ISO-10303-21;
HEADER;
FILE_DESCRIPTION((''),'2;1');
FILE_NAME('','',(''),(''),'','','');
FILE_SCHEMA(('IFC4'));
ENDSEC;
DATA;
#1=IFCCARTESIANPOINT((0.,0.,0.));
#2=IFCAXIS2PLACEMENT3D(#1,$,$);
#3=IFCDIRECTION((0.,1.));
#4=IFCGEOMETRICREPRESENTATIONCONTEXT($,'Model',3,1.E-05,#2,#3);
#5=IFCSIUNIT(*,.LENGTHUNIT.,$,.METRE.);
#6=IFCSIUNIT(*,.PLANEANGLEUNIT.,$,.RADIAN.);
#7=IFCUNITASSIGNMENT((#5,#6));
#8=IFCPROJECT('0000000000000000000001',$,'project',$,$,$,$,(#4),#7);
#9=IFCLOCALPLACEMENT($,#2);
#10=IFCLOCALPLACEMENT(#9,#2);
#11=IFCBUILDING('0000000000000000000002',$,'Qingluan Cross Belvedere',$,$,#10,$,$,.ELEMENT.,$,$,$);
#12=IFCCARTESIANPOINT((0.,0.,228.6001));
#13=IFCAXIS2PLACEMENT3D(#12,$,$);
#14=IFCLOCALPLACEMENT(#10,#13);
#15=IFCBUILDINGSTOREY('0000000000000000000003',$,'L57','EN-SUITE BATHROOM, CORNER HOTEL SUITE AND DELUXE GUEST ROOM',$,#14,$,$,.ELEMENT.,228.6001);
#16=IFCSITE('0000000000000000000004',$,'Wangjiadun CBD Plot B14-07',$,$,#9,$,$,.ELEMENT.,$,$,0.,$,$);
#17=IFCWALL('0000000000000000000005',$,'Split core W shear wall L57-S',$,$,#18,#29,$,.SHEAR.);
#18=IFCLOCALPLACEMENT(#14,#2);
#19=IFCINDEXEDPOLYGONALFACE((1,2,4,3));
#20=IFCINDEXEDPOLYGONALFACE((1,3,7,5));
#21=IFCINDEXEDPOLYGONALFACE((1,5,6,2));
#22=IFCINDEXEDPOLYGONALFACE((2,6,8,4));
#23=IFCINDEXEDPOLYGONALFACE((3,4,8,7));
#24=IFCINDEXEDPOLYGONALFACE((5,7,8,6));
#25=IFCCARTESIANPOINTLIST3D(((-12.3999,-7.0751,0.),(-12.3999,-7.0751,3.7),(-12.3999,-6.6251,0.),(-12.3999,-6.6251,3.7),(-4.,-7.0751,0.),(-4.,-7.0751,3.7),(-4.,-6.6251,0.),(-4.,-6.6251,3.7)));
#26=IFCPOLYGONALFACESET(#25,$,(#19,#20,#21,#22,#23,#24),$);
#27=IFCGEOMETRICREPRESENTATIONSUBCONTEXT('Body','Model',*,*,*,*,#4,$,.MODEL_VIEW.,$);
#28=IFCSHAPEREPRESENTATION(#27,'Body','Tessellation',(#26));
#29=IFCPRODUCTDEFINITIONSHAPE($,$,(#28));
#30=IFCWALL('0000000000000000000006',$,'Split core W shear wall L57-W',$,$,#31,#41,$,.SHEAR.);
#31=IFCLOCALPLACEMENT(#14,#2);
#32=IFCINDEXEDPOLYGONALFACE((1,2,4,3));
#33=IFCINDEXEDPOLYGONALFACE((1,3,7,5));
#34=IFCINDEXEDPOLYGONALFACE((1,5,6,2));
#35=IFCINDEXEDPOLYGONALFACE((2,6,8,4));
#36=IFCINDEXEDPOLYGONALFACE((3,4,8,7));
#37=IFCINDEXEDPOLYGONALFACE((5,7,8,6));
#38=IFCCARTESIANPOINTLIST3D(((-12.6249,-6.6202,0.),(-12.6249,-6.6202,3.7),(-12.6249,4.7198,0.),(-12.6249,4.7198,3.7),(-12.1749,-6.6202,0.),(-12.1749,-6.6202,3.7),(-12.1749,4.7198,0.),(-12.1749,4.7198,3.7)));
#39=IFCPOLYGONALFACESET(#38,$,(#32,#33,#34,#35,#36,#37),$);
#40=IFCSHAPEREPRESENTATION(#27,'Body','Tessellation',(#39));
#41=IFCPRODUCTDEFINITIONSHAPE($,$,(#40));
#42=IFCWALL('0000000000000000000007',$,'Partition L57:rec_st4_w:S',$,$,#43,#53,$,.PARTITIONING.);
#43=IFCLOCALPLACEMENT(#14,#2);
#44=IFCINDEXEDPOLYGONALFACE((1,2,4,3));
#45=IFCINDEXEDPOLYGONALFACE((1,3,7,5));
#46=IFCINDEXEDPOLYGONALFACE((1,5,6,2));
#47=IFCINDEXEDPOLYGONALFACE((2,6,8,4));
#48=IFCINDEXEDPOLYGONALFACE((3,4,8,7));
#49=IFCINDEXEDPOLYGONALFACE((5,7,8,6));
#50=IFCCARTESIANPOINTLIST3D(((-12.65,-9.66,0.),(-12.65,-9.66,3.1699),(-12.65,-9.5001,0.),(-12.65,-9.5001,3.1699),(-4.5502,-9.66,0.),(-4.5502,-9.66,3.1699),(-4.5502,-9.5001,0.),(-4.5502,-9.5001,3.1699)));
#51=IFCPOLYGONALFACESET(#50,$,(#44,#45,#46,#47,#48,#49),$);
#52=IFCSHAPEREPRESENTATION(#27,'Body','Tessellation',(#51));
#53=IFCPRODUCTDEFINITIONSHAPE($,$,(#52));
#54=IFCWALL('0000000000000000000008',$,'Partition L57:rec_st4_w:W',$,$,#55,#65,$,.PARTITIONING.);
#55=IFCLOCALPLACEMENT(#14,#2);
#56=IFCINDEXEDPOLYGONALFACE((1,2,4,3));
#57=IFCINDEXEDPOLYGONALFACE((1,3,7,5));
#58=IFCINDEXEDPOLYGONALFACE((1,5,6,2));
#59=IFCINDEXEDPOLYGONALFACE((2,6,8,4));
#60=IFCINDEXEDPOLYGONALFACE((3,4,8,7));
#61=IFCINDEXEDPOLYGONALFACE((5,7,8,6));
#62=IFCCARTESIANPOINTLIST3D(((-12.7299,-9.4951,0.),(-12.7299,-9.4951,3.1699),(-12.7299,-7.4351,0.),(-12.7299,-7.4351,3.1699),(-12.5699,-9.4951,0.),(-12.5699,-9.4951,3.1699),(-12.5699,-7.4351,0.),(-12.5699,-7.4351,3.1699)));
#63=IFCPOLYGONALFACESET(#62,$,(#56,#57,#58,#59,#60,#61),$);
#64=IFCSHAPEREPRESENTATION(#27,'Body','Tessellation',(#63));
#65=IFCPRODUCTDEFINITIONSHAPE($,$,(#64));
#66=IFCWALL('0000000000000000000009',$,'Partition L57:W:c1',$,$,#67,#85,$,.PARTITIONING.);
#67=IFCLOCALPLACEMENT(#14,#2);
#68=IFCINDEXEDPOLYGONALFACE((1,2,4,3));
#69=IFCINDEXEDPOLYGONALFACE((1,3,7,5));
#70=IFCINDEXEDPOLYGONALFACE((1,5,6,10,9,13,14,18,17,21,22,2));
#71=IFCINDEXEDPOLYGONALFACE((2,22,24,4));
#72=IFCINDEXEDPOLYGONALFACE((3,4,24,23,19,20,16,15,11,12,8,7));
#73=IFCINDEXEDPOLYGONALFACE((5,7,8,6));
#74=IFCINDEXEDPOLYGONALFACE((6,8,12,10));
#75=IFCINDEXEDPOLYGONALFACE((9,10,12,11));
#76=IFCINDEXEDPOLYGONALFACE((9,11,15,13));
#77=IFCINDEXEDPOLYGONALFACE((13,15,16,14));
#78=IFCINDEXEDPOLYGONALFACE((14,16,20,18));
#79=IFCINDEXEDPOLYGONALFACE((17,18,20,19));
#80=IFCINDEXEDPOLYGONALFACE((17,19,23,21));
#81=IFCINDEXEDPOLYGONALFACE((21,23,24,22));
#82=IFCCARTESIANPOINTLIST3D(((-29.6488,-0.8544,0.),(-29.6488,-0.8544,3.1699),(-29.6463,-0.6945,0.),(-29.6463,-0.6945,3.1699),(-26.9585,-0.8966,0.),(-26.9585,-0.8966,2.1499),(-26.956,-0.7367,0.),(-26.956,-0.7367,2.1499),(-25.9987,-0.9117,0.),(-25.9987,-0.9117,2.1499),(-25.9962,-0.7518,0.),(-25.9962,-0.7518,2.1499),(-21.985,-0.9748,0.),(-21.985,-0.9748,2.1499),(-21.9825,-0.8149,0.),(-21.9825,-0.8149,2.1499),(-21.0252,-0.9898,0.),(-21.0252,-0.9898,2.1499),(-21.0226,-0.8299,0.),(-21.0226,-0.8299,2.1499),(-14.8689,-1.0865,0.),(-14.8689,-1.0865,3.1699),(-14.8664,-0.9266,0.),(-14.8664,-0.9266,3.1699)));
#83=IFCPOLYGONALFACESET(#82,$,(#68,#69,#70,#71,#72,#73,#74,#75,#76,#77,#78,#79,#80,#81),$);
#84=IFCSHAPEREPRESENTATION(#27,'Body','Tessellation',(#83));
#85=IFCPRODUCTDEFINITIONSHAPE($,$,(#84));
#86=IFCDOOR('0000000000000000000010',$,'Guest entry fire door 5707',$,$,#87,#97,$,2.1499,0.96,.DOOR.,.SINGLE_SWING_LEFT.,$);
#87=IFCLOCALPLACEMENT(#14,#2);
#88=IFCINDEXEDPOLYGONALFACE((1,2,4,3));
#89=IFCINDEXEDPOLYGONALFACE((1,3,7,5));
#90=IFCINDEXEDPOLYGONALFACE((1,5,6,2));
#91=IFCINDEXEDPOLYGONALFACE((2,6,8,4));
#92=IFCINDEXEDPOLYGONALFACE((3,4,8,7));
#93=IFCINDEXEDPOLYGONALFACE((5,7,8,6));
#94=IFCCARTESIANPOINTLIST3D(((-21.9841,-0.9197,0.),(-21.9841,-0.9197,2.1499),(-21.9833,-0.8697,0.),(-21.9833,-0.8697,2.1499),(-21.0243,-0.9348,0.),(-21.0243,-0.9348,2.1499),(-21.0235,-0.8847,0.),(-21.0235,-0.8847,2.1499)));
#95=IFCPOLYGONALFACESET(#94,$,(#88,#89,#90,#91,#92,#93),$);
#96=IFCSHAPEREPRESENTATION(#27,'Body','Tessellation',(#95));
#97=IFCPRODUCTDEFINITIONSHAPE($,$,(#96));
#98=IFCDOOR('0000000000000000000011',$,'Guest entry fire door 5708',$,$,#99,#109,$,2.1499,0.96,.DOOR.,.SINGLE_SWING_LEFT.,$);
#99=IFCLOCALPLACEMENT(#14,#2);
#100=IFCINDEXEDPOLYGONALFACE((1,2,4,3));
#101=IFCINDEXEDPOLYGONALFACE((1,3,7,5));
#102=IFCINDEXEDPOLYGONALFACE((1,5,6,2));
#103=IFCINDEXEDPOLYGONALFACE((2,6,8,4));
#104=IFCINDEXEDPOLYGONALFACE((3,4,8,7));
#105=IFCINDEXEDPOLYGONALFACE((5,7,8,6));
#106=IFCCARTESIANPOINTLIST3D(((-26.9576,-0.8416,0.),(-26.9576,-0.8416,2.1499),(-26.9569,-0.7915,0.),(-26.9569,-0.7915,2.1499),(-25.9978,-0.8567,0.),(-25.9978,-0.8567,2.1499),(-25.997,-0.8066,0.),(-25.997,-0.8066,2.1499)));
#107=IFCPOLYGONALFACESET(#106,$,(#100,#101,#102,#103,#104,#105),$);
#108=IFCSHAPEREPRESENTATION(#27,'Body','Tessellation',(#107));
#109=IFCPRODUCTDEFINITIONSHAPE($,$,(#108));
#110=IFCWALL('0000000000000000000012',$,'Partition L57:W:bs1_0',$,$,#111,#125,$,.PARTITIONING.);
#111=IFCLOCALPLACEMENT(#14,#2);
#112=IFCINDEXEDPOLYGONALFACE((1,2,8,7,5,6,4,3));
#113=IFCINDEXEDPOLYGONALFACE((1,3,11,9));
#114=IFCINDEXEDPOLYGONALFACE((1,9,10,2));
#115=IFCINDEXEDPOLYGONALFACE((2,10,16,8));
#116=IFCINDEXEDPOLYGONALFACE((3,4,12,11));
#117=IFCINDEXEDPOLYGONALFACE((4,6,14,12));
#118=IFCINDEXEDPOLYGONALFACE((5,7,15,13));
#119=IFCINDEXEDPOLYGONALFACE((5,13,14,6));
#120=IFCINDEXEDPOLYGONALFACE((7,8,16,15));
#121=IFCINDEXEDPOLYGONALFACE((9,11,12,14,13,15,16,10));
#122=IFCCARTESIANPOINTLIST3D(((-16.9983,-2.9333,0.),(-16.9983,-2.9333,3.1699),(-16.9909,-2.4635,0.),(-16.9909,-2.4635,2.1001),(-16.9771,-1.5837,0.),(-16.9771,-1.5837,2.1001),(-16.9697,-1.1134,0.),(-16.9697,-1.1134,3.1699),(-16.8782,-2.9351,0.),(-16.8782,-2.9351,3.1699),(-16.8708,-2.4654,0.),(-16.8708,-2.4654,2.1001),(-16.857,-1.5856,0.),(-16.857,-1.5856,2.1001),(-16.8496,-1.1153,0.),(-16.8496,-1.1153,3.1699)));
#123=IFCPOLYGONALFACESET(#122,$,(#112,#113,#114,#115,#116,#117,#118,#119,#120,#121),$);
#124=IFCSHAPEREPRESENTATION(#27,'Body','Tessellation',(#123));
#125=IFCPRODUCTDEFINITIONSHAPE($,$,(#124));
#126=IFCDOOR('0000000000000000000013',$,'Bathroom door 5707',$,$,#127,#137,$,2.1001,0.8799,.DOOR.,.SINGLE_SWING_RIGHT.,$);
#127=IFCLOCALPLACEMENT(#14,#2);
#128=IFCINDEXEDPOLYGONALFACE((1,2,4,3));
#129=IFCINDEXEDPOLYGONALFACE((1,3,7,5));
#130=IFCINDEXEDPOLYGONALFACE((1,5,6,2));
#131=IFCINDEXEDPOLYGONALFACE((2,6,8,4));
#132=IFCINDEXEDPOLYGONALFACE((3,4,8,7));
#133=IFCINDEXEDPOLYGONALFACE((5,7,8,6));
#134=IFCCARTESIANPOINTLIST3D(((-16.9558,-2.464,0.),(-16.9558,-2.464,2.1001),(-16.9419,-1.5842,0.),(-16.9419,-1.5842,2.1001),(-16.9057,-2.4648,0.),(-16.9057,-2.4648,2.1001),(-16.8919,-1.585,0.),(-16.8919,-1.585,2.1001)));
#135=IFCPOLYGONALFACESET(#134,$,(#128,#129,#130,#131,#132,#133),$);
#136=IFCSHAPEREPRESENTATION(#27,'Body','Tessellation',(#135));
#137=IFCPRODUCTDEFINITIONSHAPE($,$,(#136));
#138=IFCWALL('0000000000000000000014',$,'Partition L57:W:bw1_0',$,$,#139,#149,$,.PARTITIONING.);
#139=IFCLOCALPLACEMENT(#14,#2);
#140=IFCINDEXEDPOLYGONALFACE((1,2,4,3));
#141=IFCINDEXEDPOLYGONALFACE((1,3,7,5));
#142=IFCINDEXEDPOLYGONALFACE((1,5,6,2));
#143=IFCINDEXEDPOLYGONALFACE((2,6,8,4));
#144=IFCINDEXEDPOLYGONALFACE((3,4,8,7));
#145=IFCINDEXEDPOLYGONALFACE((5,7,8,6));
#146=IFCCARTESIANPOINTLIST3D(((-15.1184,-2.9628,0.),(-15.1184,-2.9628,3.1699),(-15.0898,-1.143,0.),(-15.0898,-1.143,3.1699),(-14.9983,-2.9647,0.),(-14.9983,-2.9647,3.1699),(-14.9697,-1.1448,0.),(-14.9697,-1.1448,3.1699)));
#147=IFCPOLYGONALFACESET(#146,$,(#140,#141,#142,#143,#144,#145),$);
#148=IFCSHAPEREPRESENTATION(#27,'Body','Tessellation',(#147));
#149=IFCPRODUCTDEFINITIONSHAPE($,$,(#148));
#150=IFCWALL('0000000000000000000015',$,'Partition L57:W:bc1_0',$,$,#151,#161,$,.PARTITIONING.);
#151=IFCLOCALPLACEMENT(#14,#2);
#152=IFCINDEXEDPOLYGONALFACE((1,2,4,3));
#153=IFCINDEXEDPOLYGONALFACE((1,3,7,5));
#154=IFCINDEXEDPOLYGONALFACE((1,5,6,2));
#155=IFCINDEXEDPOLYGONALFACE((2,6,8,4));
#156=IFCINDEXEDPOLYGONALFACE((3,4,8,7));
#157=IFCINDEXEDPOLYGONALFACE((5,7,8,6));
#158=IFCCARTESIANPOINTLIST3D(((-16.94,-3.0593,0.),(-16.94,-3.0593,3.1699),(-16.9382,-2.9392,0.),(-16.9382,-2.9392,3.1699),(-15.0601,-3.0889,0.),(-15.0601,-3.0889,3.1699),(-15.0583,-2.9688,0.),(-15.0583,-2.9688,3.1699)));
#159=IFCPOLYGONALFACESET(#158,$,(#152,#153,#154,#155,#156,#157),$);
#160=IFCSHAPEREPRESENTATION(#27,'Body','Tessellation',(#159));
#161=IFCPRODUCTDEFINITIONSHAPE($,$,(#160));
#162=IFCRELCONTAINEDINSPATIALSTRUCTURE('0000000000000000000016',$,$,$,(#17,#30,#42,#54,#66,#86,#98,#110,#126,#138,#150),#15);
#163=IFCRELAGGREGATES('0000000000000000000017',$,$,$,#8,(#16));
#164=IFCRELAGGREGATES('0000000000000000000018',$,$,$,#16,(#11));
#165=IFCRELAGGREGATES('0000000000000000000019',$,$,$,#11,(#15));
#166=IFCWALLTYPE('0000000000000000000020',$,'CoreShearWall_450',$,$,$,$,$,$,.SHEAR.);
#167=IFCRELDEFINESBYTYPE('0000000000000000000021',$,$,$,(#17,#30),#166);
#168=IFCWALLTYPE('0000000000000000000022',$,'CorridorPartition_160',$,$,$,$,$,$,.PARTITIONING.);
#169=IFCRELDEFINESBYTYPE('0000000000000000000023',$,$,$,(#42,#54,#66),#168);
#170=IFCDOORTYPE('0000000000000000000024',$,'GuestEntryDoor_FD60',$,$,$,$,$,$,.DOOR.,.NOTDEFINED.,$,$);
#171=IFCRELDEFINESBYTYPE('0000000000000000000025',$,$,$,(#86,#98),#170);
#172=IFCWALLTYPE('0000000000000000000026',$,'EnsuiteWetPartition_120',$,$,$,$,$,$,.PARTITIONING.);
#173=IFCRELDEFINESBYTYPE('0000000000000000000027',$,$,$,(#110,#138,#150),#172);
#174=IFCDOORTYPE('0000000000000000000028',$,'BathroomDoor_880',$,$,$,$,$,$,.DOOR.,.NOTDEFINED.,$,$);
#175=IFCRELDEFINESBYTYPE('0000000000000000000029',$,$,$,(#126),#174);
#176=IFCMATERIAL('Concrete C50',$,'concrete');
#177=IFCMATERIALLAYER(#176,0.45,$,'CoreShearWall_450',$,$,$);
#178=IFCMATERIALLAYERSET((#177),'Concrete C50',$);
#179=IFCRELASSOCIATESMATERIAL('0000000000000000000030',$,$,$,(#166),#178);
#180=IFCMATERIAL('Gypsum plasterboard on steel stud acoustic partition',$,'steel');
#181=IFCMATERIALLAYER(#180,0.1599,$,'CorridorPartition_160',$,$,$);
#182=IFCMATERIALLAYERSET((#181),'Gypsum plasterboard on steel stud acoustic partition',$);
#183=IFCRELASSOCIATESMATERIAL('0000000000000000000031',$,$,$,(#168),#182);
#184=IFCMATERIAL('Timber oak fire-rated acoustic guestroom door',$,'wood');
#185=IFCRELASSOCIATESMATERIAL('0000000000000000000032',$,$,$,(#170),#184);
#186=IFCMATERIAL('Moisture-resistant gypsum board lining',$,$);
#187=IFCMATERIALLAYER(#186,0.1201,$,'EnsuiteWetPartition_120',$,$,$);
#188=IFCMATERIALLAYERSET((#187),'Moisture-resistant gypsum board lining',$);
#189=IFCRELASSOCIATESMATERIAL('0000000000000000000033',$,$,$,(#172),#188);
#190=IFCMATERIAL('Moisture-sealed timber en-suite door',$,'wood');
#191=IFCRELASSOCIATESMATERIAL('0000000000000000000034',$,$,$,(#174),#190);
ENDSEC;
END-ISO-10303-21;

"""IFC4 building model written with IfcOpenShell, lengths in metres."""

from ifc_helpers import new_model, si_unit, direction, frame, frame_2d, origin, place, context, subcontext, project, spatial, rectangle, extrude, material, layer, layer_set, type_object, element, fill, save


model = new_model("IFC4")

# Units and contexts
model_context = context("Model", 3, precision=1e-05, world=origin(), true_north=direction((0.0, 1.0)))
body_context = subcontext(model_context, "Body", "Model", "MODEL_VIEW")
ifc_project = project(units=[si_unit("LENGTHUNIT", "METRE"), si_unit("PLANEANGLEUNIT", "RADIAN")], contexts=[model_context])

# Site, building, storey
site_placement = place(None, origin())
site = spatial("IfcSite", under=ifc_project, at=site_placement, Name="Wangjiadun CBD Plot B14-07", CompositionType="ELEMENT", RefElevation=0.0)
building_placement = place(site_placement, origin())
building = spatial("IfcBuilding", under=site, at=building_placement, Name="Qingluan Cross Belvedere", CompositionType="ELEMENT")
storey_placement = place(building_placement, frame((0.0, 0.0, 228.6001)))
storey = spatial("IfcBuildingStorey", under=building, at=storey_placement, Name="L57", Description="EN-SUITE BATHROOM, CORNER HOTEL SUITE AND DELUXE GUEST ROOM", CompositionType="ELEMENT", Elevation=228.6001)

# Walls
ifc_material_1 = material(Name="Concrete C50", Category="concrete")
ifc_layer_1 = layer(ifc_material_1, 0.45, Name="CoreShearWall_450")
ifc_layer_set_1 = layer_set([ifc_layer_1], Name="Concrete C50")
wall_type_1 = type_object("IfcWallType", Name="CoreShearWall_450", PredefinedType="SHEAR", material=ifc_layer_set_1)
wall_1_placement = place(storey_placement, frame((-12.3999, -6.8501, 0.0), z_axis=(0.0, 0.0, 1.0), x_axis=(1.0, 0.0, 0.0)))
element("IfcWall", 1, at=wall_1_placement, inside=storey, type_object=wall_type_1, Name="Split core W shear wall L57-S", PredefinedType="SHEAR", context=body_context, shape_type="SweptSolid", body=[
    extrude(rectangle(XDim=8.3999, YDim=0.45, at=frame_2d((4.2, 0.0))), origin(), (0.0, 0.0, 1.0), 3.7),
])
wall_2_placement = place(storey_placement, frame((-12.3999, -6.6201, 0.0), z_axis=(0.0, 0.0, 1.0), x_axis=(0.0, 1.0, 0.0)))
element("IfcWall", 2, at=wall_2_placement, inside=storey, type_object=wall_type_1, Name="Split core W shear wall L57-W", PredefinedType="SHEAR", context=body_context, shape_type="SweptSolid", body=[
    extrude(rectangle(XDim=11.3401, YDim=0.45, at=frame_2d((5.6699, 0.0))), origin(), (0.0, 0.0, 1.0), 3.7),
])
ifc_material_2 = material(Name="Gypsum plasterboard on steel stud acoustic partition", Category="steel")
ifc_layer_2 = layer(ifc_material_2, 0.1599, Name="CorridorPartition_160")
ifc_layer_set_2 = layer_set([ifc_layer_2], Name="Gypsum plasterboard on steel stud acoustic partition")
wall_type_2 = type_object("IfcWallType", Name="CorridorPartition_160", PredefinedType="PARTITIONING", material=ifc_layer_set_2)
wall_3_placement = place(storey_placement, frame((-12.6499, -9.5801, 0.0), z_axis=(0.0, 0.0, 1.0), x_axis=(1.0, 0.0, 0.0)))
element("IfcWall", 3, at=wall_3_placement, inside=storey, type_object=wall_type_2, Name="Partition L57:rec_st4_w:S", PredefinedType="PARTITIONING", context=body_context, shape_type="SweptSolid", body=[
    extrude(rectangle(XDim=8.0999, YDim=0.1599, at=frame_2d((4.0498, 0.0))), origin(), (0.0, 0.0, 1.0), 3.1699),
])
wall_4_placement = place(storey_placement, frame((-12.6499, -9.4951, 0.0), z_axis=(0.0, 0.0, 1.0), x_axis=(0.0, 1.0, 0.0)))
element("IfcWall", 4, at=wall_4_placement, inside=storey, type_object=wall_type_2, Name="Partition L57:rec_st4_w:W", PredefinedType="PARTITIONING", context=body_context, shape_type="SweptSolid", body=[
    extrude(rectangle(XDim=2.0601, YDim=0.1599, at=frame_2d((1.03, 0.0))), origin(), (0.0, 0.0, 1.0), 3.1699),
])

# Wall, openings, doors
wall_5_placement = place(storey_placement, frame((-14.8677, -1.0066, 0.0), z_axis=(0.0, 0.0, 1.0), x_axis=(-0.999877, 0.015707, 0.0)))
wall_5 = element("IfcWall", 5, at=wall_5_placement, inside=storey, type_object=wall_type_2, Name="Partition L57:W:c1", PredefinedType="PARTITIONING", context=body_context, shape_type="SweptSolid", body=[
    extrude(rectangle(XDim=14.7817, YDim=0.1599, at=frame_2d((7.3909, 0.0))), origin(), (0.0, 0.0, 1.0), 3.1699),
])
opening_1_placement = place(wall_5_placement, frame((6.157, 0.0, 0.0)))
opening_1 = element("IfcOpeningElement", 6, at=opening_1_placement, cuts=wall_5, PredefinedType="OPENING", context=body_context, shape_type="SweptSolid", body=[
    extrude(rectangle(XDim=0.96, YDim=2.1499, at=frame_2d((0.48, 1.075))), frame((0.0, 0.0898, 0.0), z_axis=(0.0, -1.0, 0.0), x_axis=(1.0, 0.0, 0.0)), (0.0, 0.0, 1.0), 0.1799),
])
opening_2_placement = place(wall_5_placement, frame((11.1311, 0.0, 0.0)))
opening_2 = element("IfcOpeningElement", 7, at=opening_2_placement, cuts=wall_5, PredefinedType="OPENING", context=body_context, shape_type="SweptSolid", body=[
    extrude(rectangle(XDim=0.96, YDim=2.1499, at=frame_2d((0.48, 1.075))), frame((0.0, 0.0898, 0.0), z_axis=(0.0, -1.0, 0.0), x_axis=(1.0, 0.0, 0.0)), (0.0, 0.0, 1.0), 0.1799),
])
ifc_material_3 = material(Name="Timber oak fire-rated acoustic guestroom door", Category="wood")
door_type_1 = type_object("IfcDoorType", Name="GuestEntryDoor_FD60", OperationType="NOTDEFINED", PredefinedType="DOOR", material=ifc_material_3)
door_1_placement = place(opening_1_placement, origin())
door_1 = element("IfcDoor", 8, at=door_1_placement, inside=storey, type_object=door_type_1, Name="Guest entry fire door 5707", OperationType="SINGLE_SWING_LEFT", OverallHeight=2.1499, OverallWidth=0.96, PredefinedType="DOOR", context=body_context, shape_type="SweptSolid", body=[
    extrude(rectangle(XDim=0.96, YDim=2.1499, at=frame_2d((0.48, 1.075))), frame((0.0, 0.0249, 0.0), z_axis=(0.0, -1.0, 0.0), x_axis=(1.0, 0.0, 0.0)), (0.0, 0.0, 1.0), 0.05),
])
fill(opening_1, door_1)
door_2_placement = place(opening_2_placement, origin())
door_2 = element("IfcDoor", 9, at=door_2_placement, inside=storey, type_object=door_type_1, Name="Guest entry fire door 5708", OperationType="SINGLE_SWING_LEFT", OverallHeight=2.1499, OverallWidth=0.96, PredefinedType="DOOR", context=body_context, shape_type="SweptSolid", body=[
    extrude(rectangle(XDim=0.96, YDim=2.1499, at=frame_2d((0.48, 1.075))), frame((0.0, 0.0249, 0.0), z_axis=(0.0, -1.0, 0.0), x_axis=(1.0, 0.0, 0.0)), (0.0, 0.0, 1.0), 0.05),
])
fill(opening_2, door_2)

# Wall, opening, door
ifc_material_4 = material(Name="Moisture-resistant gypsum board lining")
ifc_layer_3 = layer(ifc_material_4, 0.1201, Name="EnsuiteWetPartition_120")
ifc_layer_set_3 = layer_set([ifc_layer_3], Name="Moisture-resistant gypsum board lining")
wall_type_3 = type_object("IfcWallType", Name="EnsuiteWetPartition_120", PredefinedType="PARTITIONING", material=ifc_layer_set_3)
wall_6_placement = place(storey_placement, frame((-16.9382, -2.9343, 0.0), z_axis=(0.0, 0.0, 1.0), x_axis=(0.015694, 0.999877, 0.0)))
wall_6 = element("IfcWall", 10, at=wall_6_placement, inside=storey, type_object=wall_type_3, Name="Partition L57:W:bs1_0", PredefinedType="PARTITIONING", context=body_context, shape_type="SweptSolid", body=[
    extrude(rectangle(XDim=1.8201, YDim=0.1201, at=frame_2d((0.9102, 0.0))), origin(), (0.0, 0.0, 1.0), 3.1699),
])
opening_3_placement = place(wall_6_placement, frame((0.47, 0.0, 0.0)))
opening_3 = element("IfcOpeningElement", 11, at=opening_3_placement, cuts=wall_6, PredefinedType="OPENING", context=body_context, shape_type="SweptSolid", body=[
    extrude(rectangle(XDim=0.8799, YDim=2.1001, at=frame_2d((0.4399, 1.05))), frame((0.0, 0.0701, 0.0), z_axis=(0.0, -1.0, 0.0), x_axis=(1.0, 0.0, 0.0)), (0.0, 0.0, 1.0), 0.1401),
])
ifc_material_5 = material(Name="Moisture-sealed timber en-suite door", Category="wood")
door_type_2 = type_object("IfcDoorType", Name="BathroomDoor_880", OperationType="NOTDEFINED", PredefinedType="DOOR", material=ifc_material_5)
door_3_placement = place(opening_3_placement, origin())
door_3 = element("IfcDoor", 12, at=door_3_placement, inside=storey, type_object=door_type_2, Name="Bathroom door 5707", OperationType="SINGLE_SWING_RIGHT", OverallHeight=2.1001, OverallWidth=0.8799, PredefinedType="DOOR", context=body_context, shape_type="SweptSolid", body=[
    extrude(rectangle(XDim=0.8799, YDim=2.1001, at=frame_2d((0.4399, 1.05))), frame((0.0, 0.0249, 0.0), z_axis=(0.0, -1.0, 0.0), x_axis=(1.0, 0.0, 0.0)), (0.0, 0.0, 1.0), 0.05),
])
fill(opening_3, door_3)

# Walls
wall_7_placement = place(storey_placement, frame((-15.0583, -2.9639, 0.0), z_axis=(0.0, 0.0, 1.0), x_axis=(0.015694, 0.999877, 0.0)))
element("IfcWall", 13, at=wall_7_placement, inside=storey, type_object=wall_type_3, Name="Partition L57:W:bw1_0", PredefinedType="PARTITIONING", context=body_context, shape_type="SweptSolid", body=[
    extrude(rectangle(XDim=1.8201, YDim=0.1201, at=frame_2d((0.9102, 0.0))), origin(), (0.0, 0.0, 1.0), 3.1699),
])
wall_8_placement = place(storey_placement, frame((-15.0593, -3.0288, 0.0), z_axis=(0.0, 0.0, 1.0), x_axis=(-0.999877, 0.015712, 0.0)))
element("IfcWall", 14, at=wall_8_placement, inside=storey, type_object=wall_type_3, Name="Partition L57:W:bc1_0", PredefinedType="PARTITIONING", context=body_context, shape_type="SweptSolid", body=[
    extrude(rectangle(XDim=1.8801, YDim=0.1201, at=frame_2d((0.9399, 0.0))), origin(), (0.0, 0.0, 1.0), 3.1699),
])

save(model, "model.ifc")
